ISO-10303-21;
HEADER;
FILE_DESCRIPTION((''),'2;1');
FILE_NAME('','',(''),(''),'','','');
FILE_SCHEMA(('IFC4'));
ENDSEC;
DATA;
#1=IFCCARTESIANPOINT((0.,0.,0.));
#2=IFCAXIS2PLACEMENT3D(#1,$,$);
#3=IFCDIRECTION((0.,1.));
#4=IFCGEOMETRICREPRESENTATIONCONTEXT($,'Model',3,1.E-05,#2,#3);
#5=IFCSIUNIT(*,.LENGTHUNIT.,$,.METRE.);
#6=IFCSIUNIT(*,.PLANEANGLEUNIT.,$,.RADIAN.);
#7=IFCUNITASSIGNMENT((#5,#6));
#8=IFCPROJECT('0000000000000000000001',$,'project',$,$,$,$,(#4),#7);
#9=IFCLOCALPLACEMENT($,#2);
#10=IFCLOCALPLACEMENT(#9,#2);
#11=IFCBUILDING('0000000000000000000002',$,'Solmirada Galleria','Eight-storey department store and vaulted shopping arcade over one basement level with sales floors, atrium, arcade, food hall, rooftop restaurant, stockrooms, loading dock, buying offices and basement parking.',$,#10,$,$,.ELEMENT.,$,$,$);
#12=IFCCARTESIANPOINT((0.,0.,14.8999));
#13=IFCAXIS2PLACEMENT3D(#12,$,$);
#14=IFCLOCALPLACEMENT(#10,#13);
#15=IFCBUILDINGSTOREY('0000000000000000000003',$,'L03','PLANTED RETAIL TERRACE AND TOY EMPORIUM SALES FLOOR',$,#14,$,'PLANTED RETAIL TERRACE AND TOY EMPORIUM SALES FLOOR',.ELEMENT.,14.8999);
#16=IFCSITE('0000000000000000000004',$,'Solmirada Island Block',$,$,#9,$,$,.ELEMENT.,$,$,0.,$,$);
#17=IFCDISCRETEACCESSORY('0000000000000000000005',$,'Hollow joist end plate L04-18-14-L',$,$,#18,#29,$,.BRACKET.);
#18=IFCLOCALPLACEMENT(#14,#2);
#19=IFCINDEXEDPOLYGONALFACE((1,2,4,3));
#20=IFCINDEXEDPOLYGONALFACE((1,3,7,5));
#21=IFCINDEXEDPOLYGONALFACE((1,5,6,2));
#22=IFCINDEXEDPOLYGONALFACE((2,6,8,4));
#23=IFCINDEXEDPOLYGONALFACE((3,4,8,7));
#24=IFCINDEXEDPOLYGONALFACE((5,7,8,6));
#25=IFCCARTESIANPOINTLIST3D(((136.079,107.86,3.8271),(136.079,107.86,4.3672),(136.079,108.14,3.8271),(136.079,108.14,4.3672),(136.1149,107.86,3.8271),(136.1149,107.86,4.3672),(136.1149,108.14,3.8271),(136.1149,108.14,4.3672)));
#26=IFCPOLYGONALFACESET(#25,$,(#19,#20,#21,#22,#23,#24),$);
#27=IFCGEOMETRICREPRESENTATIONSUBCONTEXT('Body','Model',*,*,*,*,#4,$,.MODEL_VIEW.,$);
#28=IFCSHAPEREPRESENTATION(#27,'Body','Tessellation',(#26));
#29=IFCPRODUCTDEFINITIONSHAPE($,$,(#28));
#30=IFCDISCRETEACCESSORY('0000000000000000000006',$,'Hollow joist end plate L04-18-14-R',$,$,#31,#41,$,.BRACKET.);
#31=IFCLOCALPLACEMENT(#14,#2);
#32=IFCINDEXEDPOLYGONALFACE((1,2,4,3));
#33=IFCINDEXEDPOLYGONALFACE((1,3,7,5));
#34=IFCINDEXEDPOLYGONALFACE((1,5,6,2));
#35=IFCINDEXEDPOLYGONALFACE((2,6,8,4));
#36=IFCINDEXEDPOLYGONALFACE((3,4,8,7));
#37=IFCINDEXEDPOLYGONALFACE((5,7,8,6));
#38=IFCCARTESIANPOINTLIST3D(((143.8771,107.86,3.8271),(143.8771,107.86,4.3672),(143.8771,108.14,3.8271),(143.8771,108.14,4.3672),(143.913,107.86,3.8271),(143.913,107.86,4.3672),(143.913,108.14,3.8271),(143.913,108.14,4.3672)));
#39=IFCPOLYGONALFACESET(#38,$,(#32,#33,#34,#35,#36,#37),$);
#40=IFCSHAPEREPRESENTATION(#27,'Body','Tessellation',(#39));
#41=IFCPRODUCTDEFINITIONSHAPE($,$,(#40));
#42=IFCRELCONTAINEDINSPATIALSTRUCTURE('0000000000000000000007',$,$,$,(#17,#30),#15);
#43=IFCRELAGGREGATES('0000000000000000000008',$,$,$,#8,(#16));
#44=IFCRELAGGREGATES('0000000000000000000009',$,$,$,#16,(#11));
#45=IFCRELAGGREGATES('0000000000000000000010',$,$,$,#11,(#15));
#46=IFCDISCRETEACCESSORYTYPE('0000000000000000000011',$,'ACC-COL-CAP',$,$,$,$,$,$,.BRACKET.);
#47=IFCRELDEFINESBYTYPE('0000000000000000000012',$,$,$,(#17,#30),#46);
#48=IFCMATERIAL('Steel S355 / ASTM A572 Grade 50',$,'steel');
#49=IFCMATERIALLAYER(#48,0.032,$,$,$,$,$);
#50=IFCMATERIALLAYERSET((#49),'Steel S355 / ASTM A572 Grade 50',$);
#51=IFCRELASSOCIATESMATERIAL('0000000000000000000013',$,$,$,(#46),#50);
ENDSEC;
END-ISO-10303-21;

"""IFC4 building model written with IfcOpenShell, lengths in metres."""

from ifc_helpers import new_model, si_unit, direction, frame, origin, origin_2d, place, context, subcontext, project, spatial, rectangle, extrude, material, layer, layer_set, type_object, element, save


model = new_model("IFC4")

# Units and contexts
model_context = context("Model", 3, precision=1e-05, world=origin(), true_north=direction((0.0, 1.0)))
body_context = subcontext(model_context, "Body", "Model", "MODEL_VIEW")
ifc_project = project(units=[si_unit("LENGTHUNIT", "METRE"), si_unit("PLANEANGLEUNIT", "RADIAN")], contexts=[model_context])

# Site, building, storey
site_placement = place(None, origin())
site = spatial("IfcSite", under=ifc_project, at=site_placement, Name="Solmirada Island Block", CompositionType="ELEMENT", RefElevation=0.0)
building_placement = place(site_placement, origin())
building = spatial("IfcBuilding", under=site, at=building_placement, Name="Solmirada Galleria", Description="Eight-storey department store and vaulted shopping arcade over one basement level with sales floors, atrium, arcade, food hall, rooftop restaurant, stockrooms, loading dock, buying offices and basement parking.", CompositionType="ELEMENT")
storey_placement = place(building_placement, frame((0.0, 0.0, 14.8999)))
storey = spatial("IfcBuildingStorey", under=building, at=storey_placement, Name="L03", Description="PLANTED RETAIL TERRACE AND TOY EMPORIUM SALES FLOOR", LongName="PLANTED RETAIL TERRACE AND TOY EMPORIUM SALES FLOOR", CompositionType="ELEMENT", Elevation=14.8999)

# Discrete accessories
ifc_material_1 = material(Name="Steel S355 / ASTM A572 Grade 50", Category="steel")
ifc_layer_1 = layer(ifc_material_1, 0.032)
ifc_layer_set_1 = layer_set([ifc_layer_1], Name="Steel S355 / ASTM A572 Grade 50")
discrete_accessory_type = type_object("IfcDiscreteAccessoryType", Name="ACC-COL-CAP", PredefinedType="BRACKET", material=ifc_layer_set_1)
for number, where, z_axis, x_axis, name in (
    (1, (136.0969, 108.0, 3.8271), (0.0, 0.0, 1.0), (1.0, 0.0, 0.0), "Hollow joist end plate L04-18-14-L"),
    (2, (143.895, 108.0, 3.8271), (0.0, 0.0, 1.0), (1.0, 0.0, 0.0), "Hollow joist end plate L04-18-14-R"),
):
    element("IfcDiscreteAccessory", number, at=place(storey_placement, frame(where, z_axis=z_axis, x_axis=x_axis)), inside=storey, type_object=discrete_accessory_type, Name=name, PredefinedType="BRACKET", context=body_context, shape_type="SweptSolid", body=[
        extrude(rectangle(XDim=0.0359, YDim=0.28, at=origin_2d()), origin(), (0.0, 0.0, 1.0), 0.54),
    ])

save(model, "model.ifc")
